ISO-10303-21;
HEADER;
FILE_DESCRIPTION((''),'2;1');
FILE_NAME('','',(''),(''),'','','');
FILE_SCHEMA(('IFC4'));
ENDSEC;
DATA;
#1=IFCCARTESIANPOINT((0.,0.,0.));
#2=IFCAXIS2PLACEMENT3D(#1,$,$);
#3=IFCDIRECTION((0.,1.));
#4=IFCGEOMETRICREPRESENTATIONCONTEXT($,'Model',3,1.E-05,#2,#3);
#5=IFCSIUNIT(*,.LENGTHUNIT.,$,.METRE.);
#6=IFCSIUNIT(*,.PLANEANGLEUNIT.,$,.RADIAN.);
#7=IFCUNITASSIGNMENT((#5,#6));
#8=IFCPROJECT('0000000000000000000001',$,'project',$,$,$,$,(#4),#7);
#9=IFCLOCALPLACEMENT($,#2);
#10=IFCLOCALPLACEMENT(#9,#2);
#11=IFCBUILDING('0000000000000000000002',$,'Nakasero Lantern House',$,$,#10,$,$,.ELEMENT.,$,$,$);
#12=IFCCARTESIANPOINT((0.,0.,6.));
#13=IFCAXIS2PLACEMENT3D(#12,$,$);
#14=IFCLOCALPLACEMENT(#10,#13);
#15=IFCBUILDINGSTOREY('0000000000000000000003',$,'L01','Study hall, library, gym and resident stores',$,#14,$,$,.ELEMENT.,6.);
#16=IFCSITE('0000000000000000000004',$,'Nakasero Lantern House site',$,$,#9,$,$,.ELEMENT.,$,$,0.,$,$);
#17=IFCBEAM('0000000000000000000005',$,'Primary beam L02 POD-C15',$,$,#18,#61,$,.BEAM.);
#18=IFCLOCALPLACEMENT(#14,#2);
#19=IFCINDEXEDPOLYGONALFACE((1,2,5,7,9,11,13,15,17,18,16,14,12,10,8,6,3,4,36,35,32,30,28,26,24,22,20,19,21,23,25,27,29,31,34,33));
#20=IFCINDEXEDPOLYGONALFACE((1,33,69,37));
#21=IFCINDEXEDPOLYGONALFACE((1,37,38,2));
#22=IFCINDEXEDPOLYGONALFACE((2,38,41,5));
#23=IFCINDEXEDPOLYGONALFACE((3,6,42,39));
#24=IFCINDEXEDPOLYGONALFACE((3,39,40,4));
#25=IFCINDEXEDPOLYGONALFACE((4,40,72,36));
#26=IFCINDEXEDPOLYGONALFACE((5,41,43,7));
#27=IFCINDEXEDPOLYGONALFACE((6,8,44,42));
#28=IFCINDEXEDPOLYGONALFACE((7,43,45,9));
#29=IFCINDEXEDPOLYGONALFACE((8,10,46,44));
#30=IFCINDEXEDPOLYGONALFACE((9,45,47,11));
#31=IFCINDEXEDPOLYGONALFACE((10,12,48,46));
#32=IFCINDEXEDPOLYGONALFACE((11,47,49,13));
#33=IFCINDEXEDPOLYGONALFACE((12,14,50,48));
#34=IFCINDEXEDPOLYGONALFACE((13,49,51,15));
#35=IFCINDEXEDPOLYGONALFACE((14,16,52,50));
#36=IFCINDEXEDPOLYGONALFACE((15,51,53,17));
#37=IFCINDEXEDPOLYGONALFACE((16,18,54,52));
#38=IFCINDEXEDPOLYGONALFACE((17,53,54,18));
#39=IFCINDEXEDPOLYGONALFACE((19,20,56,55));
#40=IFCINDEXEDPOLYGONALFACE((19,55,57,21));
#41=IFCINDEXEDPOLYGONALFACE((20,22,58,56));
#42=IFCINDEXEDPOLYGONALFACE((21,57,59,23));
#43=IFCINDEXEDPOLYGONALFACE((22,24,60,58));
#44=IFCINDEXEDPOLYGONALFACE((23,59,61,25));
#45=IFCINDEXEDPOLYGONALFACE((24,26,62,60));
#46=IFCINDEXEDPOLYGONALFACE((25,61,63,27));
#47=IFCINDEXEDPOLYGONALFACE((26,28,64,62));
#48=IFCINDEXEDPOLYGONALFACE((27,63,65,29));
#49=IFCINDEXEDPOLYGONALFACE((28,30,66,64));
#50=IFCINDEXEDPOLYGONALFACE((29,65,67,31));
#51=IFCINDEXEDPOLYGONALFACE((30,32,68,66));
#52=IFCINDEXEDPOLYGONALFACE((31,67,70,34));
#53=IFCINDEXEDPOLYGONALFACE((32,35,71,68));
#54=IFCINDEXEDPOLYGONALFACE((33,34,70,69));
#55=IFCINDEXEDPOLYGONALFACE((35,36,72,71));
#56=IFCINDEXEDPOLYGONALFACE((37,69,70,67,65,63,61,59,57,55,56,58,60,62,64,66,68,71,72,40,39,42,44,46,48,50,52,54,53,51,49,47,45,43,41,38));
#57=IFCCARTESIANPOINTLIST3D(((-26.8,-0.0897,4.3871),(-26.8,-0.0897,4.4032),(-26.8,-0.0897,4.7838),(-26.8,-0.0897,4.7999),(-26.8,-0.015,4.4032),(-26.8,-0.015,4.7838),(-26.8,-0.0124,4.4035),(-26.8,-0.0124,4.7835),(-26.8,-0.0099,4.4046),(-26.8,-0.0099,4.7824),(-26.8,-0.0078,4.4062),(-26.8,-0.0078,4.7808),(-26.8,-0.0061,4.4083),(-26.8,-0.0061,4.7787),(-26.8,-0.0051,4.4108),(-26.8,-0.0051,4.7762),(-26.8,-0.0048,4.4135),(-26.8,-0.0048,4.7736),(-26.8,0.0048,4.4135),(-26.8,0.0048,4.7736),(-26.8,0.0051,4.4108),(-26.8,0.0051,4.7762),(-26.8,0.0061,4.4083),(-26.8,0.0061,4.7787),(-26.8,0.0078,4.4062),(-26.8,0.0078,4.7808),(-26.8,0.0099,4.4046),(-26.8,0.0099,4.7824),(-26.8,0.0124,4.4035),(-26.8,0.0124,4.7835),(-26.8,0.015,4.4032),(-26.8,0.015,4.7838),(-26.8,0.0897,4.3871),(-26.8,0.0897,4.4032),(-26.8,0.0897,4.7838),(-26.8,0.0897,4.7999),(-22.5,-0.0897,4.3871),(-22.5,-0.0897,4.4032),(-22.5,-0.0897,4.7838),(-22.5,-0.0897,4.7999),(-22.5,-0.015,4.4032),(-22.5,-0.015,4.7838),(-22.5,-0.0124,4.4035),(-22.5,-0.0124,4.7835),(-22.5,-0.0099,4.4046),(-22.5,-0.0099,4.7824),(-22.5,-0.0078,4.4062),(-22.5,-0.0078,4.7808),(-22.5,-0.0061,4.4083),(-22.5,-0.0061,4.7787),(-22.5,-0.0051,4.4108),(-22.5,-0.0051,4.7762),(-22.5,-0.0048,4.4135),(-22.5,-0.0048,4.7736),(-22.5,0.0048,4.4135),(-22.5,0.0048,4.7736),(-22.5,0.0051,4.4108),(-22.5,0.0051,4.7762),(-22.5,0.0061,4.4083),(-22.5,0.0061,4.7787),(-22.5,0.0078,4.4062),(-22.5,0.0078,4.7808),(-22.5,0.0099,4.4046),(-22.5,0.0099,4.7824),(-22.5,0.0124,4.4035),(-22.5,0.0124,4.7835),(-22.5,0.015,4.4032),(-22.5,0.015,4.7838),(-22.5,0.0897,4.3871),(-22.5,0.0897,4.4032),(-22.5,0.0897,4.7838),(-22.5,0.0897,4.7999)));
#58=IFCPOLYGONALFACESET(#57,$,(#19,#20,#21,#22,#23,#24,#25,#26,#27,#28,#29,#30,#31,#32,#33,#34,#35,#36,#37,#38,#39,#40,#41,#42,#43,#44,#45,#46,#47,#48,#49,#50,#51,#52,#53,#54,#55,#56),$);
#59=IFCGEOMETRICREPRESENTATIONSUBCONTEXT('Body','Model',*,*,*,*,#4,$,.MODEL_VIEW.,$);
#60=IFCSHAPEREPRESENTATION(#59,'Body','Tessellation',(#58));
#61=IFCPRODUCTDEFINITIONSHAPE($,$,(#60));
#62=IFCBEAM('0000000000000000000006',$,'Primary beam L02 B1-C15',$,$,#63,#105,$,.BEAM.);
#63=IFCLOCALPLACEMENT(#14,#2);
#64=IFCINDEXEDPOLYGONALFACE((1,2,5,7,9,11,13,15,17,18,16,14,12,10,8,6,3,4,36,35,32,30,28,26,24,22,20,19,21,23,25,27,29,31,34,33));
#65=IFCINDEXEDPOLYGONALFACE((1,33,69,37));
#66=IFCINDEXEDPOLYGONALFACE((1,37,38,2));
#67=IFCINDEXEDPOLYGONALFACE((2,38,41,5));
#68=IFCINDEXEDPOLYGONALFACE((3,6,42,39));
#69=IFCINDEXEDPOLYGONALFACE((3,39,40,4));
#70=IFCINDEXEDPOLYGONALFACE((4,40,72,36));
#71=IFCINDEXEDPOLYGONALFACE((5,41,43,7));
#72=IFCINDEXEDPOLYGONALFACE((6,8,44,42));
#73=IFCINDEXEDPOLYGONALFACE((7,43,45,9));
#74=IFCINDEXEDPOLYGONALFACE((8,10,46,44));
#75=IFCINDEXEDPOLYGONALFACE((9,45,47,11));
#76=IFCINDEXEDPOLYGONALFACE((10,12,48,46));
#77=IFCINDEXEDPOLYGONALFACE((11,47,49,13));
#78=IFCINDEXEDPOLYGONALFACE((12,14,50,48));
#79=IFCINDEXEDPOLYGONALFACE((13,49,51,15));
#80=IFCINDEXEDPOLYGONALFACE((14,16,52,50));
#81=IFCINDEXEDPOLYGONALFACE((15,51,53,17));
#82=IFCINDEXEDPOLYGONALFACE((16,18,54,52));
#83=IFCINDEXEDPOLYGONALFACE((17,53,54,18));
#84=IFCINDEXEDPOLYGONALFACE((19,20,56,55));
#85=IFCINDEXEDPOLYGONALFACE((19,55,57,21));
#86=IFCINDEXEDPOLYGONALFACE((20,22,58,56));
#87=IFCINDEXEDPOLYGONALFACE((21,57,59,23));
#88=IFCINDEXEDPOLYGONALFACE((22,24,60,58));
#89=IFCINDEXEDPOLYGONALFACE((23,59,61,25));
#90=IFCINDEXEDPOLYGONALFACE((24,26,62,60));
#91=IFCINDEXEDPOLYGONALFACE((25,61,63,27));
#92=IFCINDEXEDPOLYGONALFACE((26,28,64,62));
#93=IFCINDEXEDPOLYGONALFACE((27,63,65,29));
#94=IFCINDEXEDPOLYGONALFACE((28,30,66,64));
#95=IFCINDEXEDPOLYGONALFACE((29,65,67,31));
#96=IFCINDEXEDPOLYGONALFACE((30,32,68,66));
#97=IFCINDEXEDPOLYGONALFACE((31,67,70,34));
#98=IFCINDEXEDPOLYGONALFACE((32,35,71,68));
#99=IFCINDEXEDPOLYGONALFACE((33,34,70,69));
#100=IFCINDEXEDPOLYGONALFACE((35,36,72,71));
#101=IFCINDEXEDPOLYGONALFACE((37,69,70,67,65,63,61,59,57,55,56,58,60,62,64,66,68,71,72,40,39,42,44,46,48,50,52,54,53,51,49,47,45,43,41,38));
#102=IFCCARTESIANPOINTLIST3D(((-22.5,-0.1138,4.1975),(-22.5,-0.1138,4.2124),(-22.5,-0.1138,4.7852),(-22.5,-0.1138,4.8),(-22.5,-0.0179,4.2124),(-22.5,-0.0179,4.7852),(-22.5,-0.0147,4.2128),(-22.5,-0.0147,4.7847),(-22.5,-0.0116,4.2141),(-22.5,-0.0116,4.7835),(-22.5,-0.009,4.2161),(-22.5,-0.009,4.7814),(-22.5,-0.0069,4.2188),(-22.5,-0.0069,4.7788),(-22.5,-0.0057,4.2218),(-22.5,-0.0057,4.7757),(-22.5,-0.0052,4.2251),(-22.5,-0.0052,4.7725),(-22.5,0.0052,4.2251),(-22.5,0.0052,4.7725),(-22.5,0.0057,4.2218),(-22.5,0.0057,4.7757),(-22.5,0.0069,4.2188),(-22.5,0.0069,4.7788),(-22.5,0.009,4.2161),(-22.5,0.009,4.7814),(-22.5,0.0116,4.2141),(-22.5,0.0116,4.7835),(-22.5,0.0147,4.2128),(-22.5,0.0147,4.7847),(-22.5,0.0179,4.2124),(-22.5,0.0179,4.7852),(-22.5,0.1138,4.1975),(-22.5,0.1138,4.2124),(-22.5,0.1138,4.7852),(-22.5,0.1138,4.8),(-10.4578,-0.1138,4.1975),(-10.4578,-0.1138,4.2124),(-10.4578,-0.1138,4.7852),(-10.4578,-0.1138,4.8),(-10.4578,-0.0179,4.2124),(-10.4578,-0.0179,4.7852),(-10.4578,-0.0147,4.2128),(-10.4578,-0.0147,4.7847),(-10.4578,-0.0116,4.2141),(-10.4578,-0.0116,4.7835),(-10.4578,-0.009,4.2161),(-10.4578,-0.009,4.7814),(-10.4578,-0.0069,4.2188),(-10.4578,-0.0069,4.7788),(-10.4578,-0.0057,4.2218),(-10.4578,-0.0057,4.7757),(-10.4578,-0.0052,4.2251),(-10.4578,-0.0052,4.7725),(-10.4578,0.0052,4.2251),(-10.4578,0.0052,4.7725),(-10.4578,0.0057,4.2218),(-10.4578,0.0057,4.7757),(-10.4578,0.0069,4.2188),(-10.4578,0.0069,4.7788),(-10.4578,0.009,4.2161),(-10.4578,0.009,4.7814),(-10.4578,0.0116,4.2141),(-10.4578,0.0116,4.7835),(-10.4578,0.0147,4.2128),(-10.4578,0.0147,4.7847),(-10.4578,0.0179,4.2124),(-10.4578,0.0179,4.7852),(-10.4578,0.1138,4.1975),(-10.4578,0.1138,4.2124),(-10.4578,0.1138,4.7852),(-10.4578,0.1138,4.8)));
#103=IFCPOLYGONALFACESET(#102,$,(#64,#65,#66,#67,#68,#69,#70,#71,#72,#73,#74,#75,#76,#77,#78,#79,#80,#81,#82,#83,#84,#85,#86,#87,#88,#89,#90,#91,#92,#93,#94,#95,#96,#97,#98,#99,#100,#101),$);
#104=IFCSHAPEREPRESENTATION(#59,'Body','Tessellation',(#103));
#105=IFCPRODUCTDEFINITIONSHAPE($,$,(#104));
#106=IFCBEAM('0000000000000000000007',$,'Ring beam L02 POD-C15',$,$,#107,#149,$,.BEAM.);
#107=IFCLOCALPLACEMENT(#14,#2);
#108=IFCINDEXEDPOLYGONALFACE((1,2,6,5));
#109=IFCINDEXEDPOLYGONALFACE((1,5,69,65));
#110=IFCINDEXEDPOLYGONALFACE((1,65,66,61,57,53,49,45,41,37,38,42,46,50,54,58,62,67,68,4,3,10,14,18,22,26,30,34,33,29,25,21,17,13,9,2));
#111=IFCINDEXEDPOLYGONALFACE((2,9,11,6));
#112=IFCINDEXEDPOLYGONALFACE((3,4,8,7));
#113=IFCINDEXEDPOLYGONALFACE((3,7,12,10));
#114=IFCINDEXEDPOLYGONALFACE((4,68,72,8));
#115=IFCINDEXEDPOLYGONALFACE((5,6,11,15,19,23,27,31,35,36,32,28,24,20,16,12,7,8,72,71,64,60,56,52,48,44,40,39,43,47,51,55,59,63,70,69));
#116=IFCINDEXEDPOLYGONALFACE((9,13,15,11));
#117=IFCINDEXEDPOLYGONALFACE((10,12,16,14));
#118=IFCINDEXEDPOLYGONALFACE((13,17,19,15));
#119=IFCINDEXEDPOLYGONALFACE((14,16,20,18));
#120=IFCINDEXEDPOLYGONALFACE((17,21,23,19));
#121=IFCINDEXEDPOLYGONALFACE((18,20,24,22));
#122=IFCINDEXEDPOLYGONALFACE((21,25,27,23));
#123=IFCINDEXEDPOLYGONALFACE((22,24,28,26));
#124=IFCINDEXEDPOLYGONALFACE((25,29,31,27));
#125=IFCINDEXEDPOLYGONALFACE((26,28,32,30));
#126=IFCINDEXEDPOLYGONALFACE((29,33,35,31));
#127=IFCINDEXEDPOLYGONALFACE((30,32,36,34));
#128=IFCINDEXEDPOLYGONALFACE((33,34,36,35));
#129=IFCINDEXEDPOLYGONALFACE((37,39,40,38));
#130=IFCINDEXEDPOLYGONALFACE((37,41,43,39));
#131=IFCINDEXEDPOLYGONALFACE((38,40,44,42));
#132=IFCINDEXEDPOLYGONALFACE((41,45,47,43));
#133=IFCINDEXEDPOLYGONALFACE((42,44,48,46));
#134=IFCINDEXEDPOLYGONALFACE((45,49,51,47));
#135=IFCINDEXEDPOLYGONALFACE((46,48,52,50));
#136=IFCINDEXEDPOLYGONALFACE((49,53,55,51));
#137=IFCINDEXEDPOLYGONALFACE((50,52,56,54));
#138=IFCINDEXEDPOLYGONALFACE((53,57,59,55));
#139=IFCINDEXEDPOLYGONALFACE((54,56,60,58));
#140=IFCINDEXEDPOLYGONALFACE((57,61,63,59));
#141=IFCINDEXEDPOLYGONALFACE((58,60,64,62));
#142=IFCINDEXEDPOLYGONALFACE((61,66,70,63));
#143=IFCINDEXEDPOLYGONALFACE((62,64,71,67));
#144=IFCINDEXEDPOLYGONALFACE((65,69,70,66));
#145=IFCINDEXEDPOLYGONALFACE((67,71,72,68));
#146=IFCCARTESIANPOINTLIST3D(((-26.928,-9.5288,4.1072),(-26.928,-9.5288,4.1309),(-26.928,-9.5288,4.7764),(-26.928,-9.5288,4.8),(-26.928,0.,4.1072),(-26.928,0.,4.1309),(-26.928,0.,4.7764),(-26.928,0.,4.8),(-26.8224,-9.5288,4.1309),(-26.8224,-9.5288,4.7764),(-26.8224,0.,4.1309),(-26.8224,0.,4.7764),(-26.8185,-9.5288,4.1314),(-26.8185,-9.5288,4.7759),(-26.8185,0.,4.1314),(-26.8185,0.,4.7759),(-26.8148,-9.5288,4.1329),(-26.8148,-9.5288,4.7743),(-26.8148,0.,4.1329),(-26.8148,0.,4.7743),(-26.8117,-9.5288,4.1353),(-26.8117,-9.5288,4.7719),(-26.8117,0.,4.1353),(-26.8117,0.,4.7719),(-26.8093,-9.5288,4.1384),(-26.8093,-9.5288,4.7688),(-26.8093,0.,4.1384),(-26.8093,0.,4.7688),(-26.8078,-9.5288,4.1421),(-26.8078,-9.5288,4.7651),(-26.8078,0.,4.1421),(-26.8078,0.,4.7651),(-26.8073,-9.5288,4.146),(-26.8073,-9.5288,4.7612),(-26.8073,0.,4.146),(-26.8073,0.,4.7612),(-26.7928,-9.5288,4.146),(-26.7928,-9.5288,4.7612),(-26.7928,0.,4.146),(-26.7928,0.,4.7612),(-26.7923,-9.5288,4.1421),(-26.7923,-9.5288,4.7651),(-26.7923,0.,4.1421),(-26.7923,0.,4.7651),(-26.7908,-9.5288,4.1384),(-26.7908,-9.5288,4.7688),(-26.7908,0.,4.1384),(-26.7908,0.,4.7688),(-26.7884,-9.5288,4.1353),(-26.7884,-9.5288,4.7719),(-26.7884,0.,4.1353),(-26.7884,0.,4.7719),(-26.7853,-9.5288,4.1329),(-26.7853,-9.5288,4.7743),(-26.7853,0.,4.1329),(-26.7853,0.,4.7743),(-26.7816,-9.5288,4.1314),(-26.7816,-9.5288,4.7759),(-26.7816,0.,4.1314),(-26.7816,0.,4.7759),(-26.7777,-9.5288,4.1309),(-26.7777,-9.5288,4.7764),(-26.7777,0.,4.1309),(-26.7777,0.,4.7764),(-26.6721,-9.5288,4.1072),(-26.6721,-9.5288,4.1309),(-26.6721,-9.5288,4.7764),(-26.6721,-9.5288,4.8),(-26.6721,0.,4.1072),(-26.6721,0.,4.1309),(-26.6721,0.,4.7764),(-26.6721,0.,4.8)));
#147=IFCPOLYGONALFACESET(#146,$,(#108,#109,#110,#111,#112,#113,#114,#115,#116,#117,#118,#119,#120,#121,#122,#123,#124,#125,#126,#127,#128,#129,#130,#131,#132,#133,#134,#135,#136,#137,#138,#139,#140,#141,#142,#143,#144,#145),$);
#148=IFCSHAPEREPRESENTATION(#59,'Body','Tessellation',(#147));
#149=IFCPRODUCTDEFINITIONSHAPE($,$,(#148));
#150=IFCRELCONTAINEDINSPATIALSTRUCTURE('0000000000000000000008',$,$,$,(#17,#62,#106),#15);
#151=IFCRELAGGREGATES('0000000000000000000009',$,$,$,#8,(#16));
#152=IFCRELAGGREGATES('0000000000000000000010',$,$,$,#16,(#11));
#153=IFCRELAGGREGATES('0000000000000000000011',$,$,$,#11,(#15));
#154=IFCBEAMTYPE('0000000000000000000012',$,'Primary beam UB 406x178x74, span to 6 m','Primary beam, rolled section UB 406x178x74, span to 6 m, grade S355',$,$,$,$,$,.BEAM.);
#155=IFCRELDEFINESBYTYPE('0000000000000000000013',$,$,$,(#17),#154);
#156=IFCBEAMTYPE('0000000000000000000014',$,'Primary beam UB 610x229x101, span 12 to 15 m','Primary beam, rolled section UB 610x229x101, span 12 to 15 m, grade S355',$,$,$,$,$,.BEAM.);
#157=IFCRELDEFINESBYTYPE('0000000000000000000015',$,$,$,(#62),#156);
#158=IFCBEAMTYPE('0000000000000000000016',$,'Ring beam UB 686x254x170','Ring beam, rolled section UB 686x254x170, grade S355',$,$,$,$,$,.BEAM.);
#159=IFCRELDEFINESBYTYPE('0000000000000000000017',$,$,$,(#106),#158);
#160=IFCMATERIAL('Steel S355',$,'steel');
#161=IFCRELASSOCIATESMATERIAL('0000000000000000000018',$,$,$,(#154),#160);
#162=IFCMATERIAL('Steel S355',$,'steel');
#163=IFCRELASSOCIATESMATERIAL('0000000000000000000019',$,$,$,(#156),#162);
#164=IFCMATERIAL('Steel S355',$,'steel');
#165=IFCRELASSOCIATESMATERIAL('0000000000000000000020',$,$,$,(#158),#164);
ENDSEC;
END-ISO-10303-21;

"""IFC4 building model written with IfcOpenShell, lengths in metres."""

from ifc_helpers import new_model, si_unit, direction, frame, origin, origin_2d, place, context, subcontext, project, spatial, i_section, extrude, material, material_profile, profile_set, type_object, element, save


model = new_model("IFC4")

# Units and contexts
model_context = context("Model", 3, precision=1e-05, world=origin(), true_north=direction((0.0, 1.0)))
body_context = subcontext(model_context, "Body", "Model", "MODEL_VIEW")
ifc_project = project(units=[si_unit("LENGTHUNIT", "METRE"), si_unit("PLANEANGLEUNIT", "RADIAN")], contexts=[model_context])

# Site, building, storey
site_placement = place(None, origin())
site = spatial("IfcSite", under=ifc_project, at=site_placement, Name="Nakasero Lantern House site", CompositionType="ELEMENT", RefElevation=0.0)
building_placement = place(site_placement, origin())
building = spatial("IfcBuilding", under=site, at=building_placement, Name="Nakasero Lantern House", CompositionType="ELEMENT")
storey_placement = place(building_placement, frame((0.0, 0.0, 6.0)))
storey = spatial("IfcBuildingStorey", under=building, at=storey_placement, Name="L01", Description="Study hall, library, gym and resident stores", CompositionType="ELEMENT", Elevation=6.0)

# Beams
ifc_material_1 = material(Name="Steel S355", Category="steel")
ifc_material_profile_1 = material_profile(ifc_material_1, i_section(OverallWidth=0.1794, OverallDepth=0.4128, WebThickness=0.0095, FlangeThickness=0.0161, FilletRadius=0.0103, at=origin_2d()), Name="UB 406x178x74")
ifc_profile_set_1 = profile_set([ifc_material_profile_1], Name="Steel S355")
beam_type_1 = type_object("IfcBeamType", Name="Primary beam UB 406x178x74, span to 6 m", Description="Primary beam, rolled section UB 406x178x74, span to 6 m, grade S355", PredefinedType="BEAM", material=ifc_profile_set_1)
beam_1_placement = place(storey_placement, frame((-26.8, 0.0, 4.5935), z_axis=(1.0, 0.0, 0.0), x_axis=(0.0, 1.0, 0.0)))
element("IfcBeam", 1, at=beam_1_placement, inside=storey, type_object=beam_type_1, Name="Primary beam L02 POD-C15", PredefinedType="BEAM", context=body_context, shape_type="SweptSolid", body=[
    extrude(i_section(OverallWidth=0.1794, OverallDepth=0.4128, WebThickness=0.0095, FlangeThickness=0.0161, FilletRadius=0.0103, at=origin_2d()), origin(), (0.0, 0.0, 1.0), 4.3),
])
ifc_material_2 = material(Name="Steel S355", Category="steel")
ifc_material_profile_2 = material_profile(ifc_material_2, i_section(OverallWidth=0.2275, OverallDepth=0.6025, WebThickness=0.0105, FlangeThickness=0.0149, FilletRadius=0.0127, at=origin_2d()), Name="UB 610x229x101")
ifc_profile_set_2 = profile_set([ifc_material_profile_2], Name="Steel S355")
beam_type_2 = type_object("IfcBeamType", Name="Primary beam UB 610x229x101, span 12 to 15 m", Description="Primary beam, rolled section UB 610x229x101, span 12 to 15 m, grade S355", PredefinedType="BEAM", material=ifc_profile_set_2)
beam_2_placement = place(storey_placement, frame((-22.5, 0.0, 4.4988), z_axis=(1.0, 0.0, 0.0), x_axis=(0.0, 1.0, 0.0)))
element("IfcBeam", 2, at=beam_2_placement, inside=storey, type_object=beam_type_2, Name="Primary beam L02 B1-C15", PredefinedType="BEAM", context=body_context, shape_type="SweptSolid", body=[
    extrude(i_section(OverallWidth=0.2275, OverallDepth=0.6025, WebThickness=0.0105, FlangeThickness=0.0149, FilletRadius=0.0127, at=origin_2d()), origin(), (0.0, 0.0, 1.0), 12.0422),
])
ifc_material_3 = material(Name="Steel S355", Category="steel")
ifc_material_profile_3 = material_profile(ifc_material_3, i_section(OverallWidth=0.2559, OverallDepth=0.6929, WebThickness=0.0144, FlangeThickness=0.0237, FilletRadius=0.0151, at=origin_2d()), Name="UB 686x254x170")
ifc_profile_set_3 = profile_set([ifc_material_profile_3], Name="Steel S355")
beam_type_3 = type_object("IfcBeamType", Name="Ring beam UB 686x254x170", Description="Ring beam, rolled section UB 686x254x170, grade S355", PredefinedType="BEAM", material=ifc_profile_set_3)
beam_3_placement = place(storey_placement, frame((-26.8, 0.0, 4.4536), z_axis=(0.0, -1.0, 0.0), x_axis=(1.0, 0.0, 0.0)))
element("IfcBeam", 3, at=beam_3_placement, inside=storey, type_object=beam_type_3, Name="Ring beam L02 POD-C15", PredefinedType="BEAM", context=body_context, shape_type="SweptSolid", body=[
    extrude(i_section(OverallWidth=0.2559, OverallDepth=0.6929, WebThickness=0.0144, FlangeThickness=0.0237, FilletRadius=0.0151, at=origin_2d()), origin(), (0.0, 0.0, 1.0), 9.5288),
])

save(model, "model.ifc")
